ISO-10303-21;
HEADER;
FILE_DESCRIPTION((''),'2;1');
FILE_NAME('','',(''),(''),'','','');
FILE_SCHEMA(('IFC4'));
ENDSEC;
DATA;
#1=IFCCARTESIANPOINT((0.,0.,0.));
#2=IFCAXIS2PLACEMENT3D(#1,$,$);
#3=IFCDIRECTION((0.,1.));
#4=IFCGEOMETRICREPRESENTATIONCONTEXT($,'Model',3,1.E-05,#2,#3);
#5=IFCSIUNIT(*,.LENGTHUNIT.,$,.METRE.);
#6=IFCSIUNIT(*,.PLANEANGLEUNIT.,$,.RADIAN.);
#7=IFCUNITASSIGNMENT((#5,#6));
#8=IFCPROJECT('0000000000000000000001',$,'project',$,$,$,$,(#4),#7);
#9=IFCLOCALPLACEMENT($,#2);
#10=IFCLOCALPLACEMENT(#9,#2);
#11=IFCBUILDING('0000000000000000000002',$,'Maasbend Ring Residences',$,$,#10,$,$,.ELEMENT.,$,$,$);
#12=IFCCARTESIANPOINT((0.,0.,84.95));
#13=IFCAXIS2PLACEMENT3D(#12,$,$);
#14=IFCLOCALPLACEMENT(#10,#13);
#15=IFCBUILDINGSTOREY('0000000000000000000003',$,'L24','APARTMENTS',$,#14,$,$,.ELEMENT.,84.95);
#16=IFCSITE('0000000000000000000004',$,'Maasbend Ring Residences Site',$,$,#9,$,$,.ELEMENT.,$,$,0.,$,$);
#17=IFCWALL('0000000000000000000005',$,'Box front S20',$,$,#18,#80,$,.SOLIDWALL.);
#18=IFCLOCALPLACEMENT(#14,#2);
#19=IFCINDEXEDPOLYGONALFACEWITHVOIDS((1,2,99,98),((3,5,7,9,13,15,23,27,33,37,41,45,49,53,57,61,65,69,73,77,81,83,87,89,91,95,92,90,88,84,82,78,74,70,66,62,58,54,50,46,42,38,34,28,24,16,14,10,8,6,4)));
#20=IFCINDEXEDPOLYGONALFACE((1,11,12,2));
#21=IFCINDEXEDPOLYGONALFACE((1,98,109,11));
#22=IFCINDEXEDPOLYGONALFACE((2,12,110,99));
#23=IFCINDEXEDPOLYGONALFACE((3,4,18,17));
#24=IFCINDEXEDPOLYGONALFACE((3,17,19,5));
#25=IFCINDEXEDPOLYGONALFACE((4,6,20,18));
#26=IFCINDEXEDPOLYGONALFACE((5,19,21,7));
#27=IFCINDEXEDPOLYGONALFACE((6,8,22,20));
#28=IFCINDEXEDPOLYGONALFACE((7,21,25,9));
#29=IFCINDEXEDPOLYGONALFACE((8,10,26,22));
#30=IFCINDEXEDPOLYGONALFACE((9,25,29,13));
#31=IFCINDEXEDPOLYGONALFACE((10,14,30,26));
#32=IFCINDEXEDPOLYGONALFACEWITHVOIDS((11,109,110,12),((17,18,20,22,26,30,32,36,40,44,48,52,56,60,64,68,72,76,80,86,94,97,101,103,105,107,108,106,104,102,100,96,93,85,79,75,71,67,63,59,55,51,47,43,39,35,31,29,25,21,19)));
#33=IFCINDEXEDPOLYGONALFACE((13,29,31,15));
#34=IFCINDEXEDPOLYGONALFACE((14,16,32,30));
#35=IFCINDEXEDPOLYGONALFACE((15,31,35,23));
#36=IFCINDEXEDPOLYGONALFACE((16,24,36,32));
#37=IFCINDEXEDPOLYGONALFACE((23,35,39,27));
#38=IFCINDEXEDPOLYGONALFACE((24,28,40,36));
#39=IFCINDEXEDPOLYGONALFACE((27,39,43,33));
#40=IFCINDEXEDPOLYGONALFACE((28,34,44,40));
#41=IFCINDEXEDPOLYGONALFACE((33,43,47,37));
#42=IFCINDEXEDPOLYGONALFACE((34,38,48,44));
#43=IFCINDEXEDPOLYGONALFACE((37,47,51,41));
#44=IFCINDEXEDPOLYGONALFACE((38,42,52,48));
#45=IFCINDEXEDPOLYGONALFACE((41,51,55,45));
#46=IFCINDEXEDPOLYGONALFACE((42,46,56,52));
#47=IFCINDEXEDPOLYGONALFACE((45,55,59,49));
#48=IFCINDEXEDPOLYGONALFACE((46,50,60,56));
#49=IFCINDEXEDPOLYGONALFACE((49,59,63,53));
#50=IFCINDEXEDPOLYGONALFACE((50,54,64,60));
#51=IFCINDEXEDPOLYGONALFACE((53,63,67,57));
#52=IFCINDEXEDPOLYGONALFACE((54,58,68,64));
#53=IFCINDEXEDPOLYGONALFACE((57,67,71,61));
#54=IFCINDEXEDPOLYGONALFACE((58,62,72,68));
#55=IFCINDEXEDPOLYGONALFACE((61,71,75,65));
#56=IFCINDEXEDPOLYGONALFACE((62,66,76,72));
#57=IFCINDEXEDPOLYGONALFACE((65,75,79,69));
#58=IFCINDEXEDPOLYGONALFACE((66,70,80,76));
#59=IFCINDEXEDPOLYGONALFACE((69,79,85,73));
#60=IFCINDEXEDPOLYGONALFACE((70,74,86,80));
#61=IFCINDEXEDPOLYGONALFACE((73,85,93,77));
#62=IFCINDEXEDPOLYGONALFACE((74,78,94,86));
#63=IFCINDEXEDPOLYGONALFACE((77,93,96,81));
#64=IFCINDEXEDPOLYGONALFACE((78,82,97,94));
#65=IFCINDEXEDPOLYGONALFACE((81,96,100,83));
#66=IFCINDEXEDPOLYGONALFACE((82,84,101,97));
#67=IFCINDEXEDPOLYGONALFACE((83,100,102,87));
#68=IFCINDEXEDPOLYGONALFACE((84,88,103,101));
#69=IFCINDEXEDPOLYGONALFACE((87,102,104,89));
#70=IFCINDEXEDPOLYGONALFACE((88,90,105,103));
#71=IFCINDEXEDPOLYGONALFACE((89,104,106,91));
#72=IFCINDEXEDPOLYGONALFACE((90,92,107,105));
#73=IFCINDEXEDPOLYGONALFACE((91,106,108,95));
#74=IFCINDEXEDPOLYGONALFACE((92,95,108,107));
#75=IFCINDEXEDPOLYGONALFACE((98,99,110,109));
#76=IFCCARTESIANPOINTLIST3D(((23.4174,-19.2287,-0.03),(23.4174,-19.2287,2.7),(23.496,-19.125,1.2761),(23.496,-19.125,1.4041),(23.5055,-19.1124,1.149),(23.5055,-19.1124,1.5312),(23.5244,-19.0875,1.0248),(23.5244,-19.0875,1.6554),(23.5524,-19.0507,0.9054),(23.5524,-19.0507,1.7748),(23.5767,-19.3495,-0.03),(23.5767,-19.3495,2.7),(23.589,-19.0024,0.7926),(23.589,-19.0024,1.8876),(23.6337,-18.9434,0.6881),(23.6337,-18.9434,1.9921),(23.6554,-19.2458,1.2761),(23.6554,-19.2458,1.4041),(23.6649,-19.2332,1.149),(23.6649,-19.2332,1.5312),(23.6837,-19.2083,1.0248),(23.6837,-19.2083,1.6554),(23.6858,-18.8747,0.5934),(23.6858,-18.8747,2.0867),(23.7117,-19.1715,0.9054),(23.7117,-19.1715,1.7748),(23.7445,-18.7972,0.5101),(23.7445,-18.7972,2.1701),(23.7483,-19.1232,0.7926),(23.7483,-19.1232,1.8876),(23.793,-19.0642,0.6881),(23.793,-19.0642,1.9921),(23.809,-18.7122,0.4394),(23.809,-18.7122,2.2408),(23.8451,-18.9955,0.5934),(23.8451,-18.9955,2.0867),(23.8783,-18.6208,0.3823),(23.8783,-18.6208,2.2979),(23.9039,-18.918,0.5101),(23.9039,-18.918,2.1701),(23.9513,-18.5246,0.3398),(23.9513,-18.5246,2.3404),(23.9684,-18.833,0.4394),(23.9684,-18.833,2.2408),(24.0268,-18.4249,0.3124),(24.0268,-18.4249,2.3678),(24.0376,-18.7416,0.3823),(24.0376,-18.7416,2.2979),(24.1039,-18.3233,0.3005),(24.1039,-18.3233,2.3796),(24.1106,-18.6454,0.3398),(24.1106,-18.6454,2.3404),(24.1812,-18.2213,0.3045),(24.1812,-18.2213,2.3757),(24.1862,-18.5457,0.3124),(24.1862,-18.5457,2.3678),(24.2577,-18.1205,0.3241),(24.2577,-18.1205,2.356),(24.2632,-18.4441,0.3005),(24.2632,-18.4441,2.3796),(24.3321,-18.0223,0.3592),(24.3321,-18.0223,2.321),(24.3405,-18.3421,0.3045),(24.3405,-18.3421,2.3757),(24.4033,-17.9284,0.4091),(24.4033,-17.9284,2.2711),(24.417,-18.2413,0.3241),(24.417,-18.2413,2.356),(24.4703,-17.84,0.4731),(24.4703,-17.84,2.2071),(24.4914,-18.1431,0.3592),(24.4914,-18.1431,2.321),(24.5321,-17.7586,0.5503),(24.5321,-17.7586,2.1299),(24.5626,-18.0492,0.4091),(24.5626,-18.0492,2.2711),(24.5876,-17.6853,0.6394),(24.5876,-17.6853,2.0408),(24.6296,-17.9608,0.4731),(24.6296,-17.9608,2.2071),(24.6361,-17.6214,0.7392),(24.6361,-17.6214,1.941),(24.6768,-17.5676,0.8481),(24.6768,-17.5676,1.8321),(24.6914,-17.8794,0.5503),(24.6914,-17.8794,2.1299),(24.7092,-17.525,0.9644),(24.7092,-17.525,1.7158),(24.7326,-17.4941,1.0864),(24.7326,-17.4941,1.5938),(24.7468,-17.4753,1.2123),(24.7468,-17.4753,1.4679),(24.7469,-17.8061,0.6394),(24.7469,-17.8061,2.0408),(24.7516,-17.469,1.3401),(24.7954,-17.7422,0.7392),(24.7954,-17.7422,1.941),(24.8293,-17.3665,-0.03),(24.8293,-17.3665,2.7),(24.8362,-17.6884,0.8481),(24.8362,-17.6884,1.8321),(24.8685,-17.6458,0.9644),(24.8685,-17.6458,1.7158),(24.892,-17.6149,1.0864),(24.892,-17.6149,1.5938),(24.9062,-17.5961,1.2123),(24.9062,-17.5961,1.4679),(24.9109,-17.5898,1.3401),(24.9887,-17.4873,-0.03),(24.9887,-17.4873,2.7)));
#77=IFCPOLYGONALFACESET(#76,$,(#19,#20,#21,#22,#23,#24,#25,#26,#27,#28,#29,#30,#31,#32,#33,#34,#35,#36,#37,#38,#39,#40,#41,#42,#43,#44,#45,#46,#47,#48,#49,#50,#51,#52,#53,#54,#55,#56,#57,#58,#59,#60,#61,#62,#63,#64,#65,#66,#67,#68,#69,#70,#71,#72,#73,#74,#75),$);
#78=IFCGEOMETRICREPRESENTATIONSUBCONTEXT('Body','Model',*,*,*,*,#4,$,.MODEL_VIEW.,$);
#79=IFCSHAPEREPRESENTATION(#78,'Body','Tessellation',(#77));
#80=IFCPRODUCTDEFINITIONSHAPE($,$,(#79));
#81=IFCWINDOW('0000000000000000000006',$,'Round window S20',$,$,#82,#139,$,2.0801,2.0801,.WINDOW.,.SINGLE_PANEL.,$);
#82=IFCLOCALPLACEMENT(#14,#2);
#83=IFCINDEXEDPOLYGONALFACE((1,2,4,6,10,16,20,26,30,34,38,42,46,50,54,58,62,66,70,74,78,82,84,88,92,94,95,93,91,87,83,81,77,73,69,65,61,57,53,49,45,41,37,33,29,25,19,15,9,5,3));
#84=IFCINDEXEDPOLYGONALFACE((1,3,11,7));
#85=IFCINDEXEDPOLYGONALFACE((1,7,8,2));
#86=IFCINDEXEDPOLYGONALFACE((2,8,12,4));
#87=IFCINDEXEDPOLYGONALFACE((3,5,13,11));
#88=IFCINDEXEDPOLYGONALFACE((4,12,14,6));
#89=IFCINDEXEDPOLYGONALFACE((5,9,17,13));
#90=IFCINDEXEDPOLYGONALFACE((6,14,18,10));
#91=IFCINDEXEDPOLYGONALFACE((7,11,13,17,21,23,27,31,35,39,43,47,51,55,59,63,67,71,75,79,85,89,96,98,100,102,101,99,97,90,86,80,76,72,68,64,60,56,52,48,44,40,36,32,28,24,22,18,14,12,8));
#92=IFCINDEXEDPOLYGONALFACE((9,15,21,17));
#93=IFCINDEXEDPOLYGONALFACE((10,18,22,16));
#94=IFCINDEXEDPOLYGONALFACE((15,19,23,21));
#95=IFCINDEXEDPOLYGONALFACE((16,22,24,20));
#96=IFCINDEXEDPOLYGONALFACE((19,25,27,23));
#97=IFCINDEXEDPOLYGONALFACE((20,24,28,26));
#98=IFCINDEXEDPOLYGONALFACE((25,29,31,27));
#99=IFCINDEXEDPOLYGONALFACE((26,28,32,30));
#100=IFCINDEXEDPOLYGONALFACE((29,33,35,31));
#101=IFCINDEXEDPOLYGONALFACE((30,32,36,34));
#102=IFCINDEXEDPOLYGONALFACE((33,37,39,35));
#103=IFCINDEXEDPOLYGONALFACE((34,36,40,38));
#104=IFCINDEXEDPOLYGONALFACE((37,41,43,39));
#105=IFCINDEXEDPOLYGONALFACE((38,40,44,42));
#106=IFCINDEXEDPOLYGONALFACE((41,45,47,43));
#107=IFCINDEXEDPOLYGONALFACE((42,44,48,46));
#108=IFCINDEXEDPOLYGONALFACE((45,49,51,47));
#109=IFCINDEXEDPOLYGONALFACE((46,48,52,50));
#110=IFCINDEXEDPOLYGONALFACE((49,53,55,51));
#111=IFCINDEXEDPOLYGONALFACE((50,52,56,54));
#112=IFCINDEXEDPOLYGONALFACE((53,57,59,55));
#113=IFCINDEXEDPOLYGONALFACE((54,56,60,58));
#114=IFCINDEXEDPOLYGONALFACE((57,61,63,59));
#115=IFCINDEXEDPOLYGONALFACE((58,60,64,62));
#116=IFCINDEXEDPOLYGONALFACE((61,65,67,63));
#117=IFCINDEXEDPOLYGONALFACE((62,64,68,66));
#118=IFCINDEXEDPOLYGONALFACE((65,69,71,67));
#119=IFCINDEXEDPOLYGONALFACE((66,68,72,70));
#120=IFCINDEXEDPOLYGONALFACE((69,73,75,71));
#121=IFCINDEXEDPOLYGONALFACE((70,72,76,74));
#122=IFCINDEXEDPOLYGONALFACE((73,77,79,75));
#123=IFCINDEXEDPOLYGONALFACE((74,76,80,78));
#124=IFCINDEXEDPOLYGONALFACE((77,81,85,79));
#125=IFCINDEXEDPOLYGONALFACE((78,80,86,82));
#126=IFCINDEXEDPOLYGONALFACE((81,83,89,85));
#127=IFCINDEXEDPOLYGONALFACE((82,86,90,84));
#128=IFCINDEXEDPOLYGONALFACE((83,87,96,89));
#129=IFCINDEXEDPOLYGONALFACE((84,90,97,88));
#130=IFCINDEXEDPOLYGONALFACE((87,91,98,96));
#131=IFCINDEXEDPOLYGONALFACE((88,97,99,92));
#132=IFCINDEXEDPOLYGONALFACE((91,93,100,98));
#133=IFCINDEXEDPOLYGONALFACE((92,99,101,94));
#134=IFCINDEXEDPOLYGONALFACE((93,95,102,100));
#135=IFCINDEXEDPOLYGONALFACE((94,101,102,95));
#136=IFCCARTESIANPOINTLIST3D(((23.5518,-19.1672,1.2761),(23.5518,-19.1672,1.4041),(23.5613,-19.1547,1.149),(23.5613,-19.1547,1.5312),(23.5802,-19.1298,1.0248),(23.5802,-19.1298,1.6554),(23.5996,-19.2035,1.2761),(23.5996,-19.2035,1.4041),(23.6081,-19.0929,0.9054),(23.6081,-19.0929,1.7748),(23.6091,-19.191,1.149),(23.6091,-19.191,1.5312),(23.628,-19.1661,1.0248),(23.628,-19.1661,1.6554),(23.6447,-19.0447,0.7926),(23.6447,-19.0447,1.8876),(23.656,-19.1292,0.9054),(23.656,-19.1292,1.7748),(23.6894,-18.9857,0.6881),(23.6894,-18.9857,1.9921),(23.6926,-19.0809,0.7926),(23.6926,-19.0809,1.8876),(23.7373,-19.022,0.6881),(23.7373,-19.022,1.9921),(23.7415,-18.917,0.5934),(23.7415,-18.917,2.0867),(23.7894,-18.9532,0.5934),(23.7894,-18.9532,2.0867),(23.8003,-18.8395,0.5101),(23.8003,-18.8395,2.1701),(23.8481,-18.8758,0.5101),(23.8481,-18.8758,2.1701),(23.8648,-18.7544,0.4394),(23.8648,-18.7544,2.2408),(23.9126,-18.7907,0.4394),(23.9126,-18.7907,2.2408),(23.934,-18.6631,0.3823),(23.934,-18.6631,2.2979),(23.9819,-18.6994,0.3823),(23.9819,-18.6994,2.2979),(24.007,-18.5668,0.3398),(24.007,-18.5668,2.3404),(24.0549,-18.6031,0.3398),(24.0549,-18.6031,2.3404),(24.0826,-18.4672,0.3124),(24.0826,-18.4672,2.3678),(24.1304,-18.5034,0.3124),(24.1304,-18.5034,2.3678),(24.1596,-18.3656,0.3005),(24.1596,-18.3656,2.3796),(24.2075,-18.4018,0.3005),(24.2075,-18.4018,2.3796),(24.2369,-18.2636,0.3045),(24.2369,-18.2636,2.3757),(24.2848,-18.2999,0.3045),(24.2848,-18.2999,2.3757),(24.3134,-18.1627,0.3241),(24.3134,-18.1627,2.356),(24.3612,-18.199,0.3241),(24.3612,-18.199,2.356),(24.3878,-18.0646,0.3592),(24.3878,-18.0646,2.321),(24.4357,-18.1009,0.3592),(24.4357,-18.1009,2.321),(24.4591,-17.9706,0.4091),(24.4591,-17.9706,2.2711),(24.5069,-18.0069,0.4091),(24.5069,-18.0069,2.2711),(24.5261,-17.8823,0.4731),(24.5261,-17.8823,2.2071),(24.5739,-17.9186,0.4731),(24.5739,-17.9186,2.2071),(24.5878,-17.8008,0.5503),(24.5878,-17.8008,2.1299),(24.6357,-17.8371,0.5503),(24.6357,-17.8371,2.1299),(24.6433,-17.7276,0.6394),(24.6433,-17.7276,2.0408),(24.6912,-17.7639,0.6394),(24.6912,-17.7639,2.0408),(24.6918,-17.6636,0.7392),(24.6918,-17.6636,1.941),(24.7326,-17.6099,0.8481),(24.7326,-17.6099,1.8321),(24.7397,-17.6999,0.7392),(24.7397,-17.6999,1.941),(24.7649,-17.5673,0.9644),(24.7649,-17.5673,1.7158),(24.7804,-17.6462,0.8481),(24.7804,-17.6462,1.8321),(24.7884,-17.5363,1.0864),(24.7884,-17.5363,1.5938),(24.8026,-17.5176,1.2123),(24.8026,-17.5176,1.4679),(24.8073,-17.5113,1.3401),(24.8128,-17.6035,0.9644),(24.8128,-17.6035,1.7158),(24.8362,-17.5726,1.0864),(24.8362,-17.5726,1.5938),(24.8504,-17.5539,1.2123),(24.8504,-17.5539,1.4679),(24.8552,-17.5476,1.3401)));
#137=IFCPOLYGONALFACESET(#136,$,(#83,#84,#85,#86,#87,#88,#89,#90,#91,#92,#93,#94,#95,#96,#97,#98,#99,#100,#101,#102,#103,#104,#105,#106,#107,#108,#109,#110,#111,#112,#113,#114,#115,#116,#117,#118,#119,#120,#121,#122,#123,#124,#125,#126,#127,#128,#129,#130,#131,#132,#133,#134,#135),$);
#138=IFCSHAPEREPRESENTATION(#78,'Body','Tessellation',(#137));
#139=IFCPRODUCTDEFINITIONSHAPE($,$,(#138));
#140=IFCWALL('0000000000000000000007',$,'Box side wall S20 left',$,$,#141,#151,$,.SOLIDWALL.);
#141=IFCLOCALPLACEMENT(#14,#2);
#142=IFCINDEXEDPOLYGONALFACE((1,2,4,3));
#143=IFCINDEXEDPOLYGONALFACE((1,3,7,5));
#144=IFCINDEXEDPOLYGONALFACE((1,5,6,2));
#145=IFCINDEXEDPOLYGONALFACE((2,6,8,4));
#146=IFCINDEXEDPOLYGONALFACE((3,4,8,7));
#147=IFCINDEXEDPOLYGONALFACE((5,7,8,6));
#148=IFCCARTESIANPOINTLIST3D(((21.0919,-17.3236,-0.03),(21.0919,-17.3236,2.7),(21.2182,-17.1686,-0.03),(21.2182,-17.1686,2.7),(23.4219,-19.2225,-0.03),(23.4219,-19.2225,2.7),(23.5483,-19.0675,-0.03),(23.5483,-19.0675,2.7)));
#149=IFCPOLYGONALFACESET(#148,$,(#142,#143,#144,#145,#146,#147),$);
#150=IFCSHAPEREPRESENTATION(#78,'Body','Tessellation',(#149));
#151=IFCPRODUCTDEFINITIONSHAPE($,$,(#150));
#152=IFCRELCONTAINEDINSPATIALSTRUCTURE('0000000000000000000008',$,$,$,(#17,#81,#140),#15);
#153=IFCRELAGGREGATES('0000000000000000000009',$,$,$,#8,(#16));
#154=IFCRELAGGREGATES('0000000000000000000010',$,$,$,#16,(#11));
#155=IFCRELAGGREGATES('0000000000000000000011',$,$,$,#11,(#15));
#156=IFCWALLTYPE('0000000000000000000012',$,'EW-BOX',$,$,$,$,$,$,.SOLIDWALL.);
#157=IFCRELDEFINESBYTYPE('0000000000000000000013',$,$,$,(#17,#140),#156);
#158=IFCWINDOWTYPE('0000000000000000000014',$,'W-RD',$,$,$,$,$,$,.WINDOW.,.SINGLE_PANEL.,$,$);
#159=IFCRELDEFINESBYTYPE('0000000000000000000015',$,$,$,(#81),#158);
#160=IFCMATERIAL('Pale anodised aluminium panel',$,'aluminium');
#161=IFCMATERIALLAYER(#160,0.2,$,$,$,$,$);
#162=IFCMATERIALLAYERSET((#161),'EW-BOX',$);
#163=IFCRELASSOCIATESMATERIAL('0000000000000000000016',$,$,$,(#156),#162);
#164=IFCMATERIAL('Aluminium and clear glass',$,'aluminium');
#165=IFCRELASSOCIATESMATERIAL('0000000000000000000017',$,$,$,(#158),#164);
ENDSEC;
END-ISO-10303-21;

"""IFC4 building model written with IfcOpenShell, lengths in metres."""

from ifc_helpers import new_model, si_unit, direction, frame, frame_2d, origin, place, context, subcontext, project, spatial, rectangle, circle, extrude, material, layer, layer_set, type_object, element, fill, save


model = new_model("IFC4")

# Units and contexts
model_context = context("Model", 3, precision=1e-05, world=origin(), true_north=direction((0.0, 1.0)))
body_context = subcontext(model_context, "Body", "Model", "MODEL_VIEW")
ifc_project = project(units=[si_unit("LENGTHUNIT", "METRE"), si_unit("PLANEANGLEUNIT", "RADIAN")], contexts=[model_context])

# Site, building, storey
site_placement = place(None, origin())
site = spatial("IfcSite", under=ifc_project, at=site_placement, Name="Maasbend Ring Residences Site", CompositionType="ELEMENT", RefElevation=0.0)
building_placement = place(site_placement, origin())
building = spatial("IfcBuilding", under=site, at=building_placement, Name="Maasbend Ring Residences", CompositionType="ELEMENT")
storey_placement = place(building_placement, frame((0.0, 0.0, 84.95)))
storey = spatial("IfcBuildingStorey", under=building, at=storey_placement, Name="L24", Description="APARTMENTS", CompositionType="ELEMENT", Elevation=84.95)

# Shared definitions
ifc_material_1 = material(Name="Pale anodised aluminium panel", Category="aluminium")
ifc_layer_1 = layer(ifc_material_1, 0.2)
ifc_layer_set_1 = layer_set([ifc_layer_1], Name="EW-BOX")
wall_type_1 = type_object("IfcWallType", Name="EW-BOX", PredefinedType="SOLIDWALL", material=ifc_layer_set_1)
ifc_material_2 = material(Name="Aluminium and clear glass", Category="aluminium")
window_type_1 = type_object("IfcWindowType", Name="W-RD", PartitioningType="SINGLE_PANEL", PredefinedType="WINDOW", material=ifc_material_2)

# Wall, opening, window
wall_1_placement = place(storey_placement, frame((23.4971, -19.2891, -0.03), z_axis=(0.0, 0.0, 1.0), x_axis=(0.604188, 0.796842, 0.0)))
wall_1 = element("IfcWall", 1, at=wall_1_placement, inside=storey, type_object=wall_type_1, Name="Box front S20", PredefinedType="SOLIDWALL", context=body_context, shape_type="SweptSolid", body=[
    extrude(rectangle(XDim=2.3369, YDim=0.2, at=frame_2d((1.1685, 0.0))), origin(), (0.0, 0.0, 1.0), 2.73),
])
opening_1_placement = place(wall_1_placement, frame((0.1282, 0.0, 0.3301)))
opening_1 = element("IfcOpeningElement", 2, at=opening_1_placement, cuts=wall_1, PredefinedType="OPENING", context=body_context, shape_type="SweptSolid", body=[
    extrude(circle(Radius=1.04, at=frame_2d((1.04, 1.04))), frame((0.0, 0.1099, 0.0), z_axis=(0.0, -1.0, 0.0), x_axis=(1.0, 0.0, 0.0)), (0.0, 0.0, 1.0), 0.22),
])
window_1_placement = place(opening_1_placement, origin())
window_1 = element("IfcWindow", 3, at=window_1_placement, inside=storey, type_object=window_type_1, Name="Round window S20", OverallHeight=2.0801, OverallWidth=2.0801, PartitioningType="SINGLE_PANEL", PredefinedType="WINDOW", context=body_context, shape_type="SweptSolid", body=[
    extrude(circle(Radius=1.04, at=frame_2d((1.04, 1.04))), frame((0.0, 0.03, 0.0), z_axis=(0.0, -1.0, 0.0), x_axis=(1.0, 0.0, 0.0)), (0.0, 0.0, 1.0), 0.0601),
])
fill(opening_1, window_1)

# Wall
wall_2_placement = place(storey_placement, frame((21.155, -17.2461, -0.03), z_axis=(0.0, 0.0, 1.0), x_axis=(0.775179, -0.631742, 0.0)))
element("IfcWall", 4, at=wall_2_placement, inside=storey, type_object=wall_type_1, Name="Box side wall S20 left", PredefinedType="SOLIDWALL", context=body_context, shape_type="SweptSolid", body=[
    extrude(rectangle(XDim=3.0059, YDim=0.2, at=frame_2d((1.5029, 0.0))), origin(), (0.0, 0.0, 1.0), 2.73),
])

save(model, "model.ifc")
